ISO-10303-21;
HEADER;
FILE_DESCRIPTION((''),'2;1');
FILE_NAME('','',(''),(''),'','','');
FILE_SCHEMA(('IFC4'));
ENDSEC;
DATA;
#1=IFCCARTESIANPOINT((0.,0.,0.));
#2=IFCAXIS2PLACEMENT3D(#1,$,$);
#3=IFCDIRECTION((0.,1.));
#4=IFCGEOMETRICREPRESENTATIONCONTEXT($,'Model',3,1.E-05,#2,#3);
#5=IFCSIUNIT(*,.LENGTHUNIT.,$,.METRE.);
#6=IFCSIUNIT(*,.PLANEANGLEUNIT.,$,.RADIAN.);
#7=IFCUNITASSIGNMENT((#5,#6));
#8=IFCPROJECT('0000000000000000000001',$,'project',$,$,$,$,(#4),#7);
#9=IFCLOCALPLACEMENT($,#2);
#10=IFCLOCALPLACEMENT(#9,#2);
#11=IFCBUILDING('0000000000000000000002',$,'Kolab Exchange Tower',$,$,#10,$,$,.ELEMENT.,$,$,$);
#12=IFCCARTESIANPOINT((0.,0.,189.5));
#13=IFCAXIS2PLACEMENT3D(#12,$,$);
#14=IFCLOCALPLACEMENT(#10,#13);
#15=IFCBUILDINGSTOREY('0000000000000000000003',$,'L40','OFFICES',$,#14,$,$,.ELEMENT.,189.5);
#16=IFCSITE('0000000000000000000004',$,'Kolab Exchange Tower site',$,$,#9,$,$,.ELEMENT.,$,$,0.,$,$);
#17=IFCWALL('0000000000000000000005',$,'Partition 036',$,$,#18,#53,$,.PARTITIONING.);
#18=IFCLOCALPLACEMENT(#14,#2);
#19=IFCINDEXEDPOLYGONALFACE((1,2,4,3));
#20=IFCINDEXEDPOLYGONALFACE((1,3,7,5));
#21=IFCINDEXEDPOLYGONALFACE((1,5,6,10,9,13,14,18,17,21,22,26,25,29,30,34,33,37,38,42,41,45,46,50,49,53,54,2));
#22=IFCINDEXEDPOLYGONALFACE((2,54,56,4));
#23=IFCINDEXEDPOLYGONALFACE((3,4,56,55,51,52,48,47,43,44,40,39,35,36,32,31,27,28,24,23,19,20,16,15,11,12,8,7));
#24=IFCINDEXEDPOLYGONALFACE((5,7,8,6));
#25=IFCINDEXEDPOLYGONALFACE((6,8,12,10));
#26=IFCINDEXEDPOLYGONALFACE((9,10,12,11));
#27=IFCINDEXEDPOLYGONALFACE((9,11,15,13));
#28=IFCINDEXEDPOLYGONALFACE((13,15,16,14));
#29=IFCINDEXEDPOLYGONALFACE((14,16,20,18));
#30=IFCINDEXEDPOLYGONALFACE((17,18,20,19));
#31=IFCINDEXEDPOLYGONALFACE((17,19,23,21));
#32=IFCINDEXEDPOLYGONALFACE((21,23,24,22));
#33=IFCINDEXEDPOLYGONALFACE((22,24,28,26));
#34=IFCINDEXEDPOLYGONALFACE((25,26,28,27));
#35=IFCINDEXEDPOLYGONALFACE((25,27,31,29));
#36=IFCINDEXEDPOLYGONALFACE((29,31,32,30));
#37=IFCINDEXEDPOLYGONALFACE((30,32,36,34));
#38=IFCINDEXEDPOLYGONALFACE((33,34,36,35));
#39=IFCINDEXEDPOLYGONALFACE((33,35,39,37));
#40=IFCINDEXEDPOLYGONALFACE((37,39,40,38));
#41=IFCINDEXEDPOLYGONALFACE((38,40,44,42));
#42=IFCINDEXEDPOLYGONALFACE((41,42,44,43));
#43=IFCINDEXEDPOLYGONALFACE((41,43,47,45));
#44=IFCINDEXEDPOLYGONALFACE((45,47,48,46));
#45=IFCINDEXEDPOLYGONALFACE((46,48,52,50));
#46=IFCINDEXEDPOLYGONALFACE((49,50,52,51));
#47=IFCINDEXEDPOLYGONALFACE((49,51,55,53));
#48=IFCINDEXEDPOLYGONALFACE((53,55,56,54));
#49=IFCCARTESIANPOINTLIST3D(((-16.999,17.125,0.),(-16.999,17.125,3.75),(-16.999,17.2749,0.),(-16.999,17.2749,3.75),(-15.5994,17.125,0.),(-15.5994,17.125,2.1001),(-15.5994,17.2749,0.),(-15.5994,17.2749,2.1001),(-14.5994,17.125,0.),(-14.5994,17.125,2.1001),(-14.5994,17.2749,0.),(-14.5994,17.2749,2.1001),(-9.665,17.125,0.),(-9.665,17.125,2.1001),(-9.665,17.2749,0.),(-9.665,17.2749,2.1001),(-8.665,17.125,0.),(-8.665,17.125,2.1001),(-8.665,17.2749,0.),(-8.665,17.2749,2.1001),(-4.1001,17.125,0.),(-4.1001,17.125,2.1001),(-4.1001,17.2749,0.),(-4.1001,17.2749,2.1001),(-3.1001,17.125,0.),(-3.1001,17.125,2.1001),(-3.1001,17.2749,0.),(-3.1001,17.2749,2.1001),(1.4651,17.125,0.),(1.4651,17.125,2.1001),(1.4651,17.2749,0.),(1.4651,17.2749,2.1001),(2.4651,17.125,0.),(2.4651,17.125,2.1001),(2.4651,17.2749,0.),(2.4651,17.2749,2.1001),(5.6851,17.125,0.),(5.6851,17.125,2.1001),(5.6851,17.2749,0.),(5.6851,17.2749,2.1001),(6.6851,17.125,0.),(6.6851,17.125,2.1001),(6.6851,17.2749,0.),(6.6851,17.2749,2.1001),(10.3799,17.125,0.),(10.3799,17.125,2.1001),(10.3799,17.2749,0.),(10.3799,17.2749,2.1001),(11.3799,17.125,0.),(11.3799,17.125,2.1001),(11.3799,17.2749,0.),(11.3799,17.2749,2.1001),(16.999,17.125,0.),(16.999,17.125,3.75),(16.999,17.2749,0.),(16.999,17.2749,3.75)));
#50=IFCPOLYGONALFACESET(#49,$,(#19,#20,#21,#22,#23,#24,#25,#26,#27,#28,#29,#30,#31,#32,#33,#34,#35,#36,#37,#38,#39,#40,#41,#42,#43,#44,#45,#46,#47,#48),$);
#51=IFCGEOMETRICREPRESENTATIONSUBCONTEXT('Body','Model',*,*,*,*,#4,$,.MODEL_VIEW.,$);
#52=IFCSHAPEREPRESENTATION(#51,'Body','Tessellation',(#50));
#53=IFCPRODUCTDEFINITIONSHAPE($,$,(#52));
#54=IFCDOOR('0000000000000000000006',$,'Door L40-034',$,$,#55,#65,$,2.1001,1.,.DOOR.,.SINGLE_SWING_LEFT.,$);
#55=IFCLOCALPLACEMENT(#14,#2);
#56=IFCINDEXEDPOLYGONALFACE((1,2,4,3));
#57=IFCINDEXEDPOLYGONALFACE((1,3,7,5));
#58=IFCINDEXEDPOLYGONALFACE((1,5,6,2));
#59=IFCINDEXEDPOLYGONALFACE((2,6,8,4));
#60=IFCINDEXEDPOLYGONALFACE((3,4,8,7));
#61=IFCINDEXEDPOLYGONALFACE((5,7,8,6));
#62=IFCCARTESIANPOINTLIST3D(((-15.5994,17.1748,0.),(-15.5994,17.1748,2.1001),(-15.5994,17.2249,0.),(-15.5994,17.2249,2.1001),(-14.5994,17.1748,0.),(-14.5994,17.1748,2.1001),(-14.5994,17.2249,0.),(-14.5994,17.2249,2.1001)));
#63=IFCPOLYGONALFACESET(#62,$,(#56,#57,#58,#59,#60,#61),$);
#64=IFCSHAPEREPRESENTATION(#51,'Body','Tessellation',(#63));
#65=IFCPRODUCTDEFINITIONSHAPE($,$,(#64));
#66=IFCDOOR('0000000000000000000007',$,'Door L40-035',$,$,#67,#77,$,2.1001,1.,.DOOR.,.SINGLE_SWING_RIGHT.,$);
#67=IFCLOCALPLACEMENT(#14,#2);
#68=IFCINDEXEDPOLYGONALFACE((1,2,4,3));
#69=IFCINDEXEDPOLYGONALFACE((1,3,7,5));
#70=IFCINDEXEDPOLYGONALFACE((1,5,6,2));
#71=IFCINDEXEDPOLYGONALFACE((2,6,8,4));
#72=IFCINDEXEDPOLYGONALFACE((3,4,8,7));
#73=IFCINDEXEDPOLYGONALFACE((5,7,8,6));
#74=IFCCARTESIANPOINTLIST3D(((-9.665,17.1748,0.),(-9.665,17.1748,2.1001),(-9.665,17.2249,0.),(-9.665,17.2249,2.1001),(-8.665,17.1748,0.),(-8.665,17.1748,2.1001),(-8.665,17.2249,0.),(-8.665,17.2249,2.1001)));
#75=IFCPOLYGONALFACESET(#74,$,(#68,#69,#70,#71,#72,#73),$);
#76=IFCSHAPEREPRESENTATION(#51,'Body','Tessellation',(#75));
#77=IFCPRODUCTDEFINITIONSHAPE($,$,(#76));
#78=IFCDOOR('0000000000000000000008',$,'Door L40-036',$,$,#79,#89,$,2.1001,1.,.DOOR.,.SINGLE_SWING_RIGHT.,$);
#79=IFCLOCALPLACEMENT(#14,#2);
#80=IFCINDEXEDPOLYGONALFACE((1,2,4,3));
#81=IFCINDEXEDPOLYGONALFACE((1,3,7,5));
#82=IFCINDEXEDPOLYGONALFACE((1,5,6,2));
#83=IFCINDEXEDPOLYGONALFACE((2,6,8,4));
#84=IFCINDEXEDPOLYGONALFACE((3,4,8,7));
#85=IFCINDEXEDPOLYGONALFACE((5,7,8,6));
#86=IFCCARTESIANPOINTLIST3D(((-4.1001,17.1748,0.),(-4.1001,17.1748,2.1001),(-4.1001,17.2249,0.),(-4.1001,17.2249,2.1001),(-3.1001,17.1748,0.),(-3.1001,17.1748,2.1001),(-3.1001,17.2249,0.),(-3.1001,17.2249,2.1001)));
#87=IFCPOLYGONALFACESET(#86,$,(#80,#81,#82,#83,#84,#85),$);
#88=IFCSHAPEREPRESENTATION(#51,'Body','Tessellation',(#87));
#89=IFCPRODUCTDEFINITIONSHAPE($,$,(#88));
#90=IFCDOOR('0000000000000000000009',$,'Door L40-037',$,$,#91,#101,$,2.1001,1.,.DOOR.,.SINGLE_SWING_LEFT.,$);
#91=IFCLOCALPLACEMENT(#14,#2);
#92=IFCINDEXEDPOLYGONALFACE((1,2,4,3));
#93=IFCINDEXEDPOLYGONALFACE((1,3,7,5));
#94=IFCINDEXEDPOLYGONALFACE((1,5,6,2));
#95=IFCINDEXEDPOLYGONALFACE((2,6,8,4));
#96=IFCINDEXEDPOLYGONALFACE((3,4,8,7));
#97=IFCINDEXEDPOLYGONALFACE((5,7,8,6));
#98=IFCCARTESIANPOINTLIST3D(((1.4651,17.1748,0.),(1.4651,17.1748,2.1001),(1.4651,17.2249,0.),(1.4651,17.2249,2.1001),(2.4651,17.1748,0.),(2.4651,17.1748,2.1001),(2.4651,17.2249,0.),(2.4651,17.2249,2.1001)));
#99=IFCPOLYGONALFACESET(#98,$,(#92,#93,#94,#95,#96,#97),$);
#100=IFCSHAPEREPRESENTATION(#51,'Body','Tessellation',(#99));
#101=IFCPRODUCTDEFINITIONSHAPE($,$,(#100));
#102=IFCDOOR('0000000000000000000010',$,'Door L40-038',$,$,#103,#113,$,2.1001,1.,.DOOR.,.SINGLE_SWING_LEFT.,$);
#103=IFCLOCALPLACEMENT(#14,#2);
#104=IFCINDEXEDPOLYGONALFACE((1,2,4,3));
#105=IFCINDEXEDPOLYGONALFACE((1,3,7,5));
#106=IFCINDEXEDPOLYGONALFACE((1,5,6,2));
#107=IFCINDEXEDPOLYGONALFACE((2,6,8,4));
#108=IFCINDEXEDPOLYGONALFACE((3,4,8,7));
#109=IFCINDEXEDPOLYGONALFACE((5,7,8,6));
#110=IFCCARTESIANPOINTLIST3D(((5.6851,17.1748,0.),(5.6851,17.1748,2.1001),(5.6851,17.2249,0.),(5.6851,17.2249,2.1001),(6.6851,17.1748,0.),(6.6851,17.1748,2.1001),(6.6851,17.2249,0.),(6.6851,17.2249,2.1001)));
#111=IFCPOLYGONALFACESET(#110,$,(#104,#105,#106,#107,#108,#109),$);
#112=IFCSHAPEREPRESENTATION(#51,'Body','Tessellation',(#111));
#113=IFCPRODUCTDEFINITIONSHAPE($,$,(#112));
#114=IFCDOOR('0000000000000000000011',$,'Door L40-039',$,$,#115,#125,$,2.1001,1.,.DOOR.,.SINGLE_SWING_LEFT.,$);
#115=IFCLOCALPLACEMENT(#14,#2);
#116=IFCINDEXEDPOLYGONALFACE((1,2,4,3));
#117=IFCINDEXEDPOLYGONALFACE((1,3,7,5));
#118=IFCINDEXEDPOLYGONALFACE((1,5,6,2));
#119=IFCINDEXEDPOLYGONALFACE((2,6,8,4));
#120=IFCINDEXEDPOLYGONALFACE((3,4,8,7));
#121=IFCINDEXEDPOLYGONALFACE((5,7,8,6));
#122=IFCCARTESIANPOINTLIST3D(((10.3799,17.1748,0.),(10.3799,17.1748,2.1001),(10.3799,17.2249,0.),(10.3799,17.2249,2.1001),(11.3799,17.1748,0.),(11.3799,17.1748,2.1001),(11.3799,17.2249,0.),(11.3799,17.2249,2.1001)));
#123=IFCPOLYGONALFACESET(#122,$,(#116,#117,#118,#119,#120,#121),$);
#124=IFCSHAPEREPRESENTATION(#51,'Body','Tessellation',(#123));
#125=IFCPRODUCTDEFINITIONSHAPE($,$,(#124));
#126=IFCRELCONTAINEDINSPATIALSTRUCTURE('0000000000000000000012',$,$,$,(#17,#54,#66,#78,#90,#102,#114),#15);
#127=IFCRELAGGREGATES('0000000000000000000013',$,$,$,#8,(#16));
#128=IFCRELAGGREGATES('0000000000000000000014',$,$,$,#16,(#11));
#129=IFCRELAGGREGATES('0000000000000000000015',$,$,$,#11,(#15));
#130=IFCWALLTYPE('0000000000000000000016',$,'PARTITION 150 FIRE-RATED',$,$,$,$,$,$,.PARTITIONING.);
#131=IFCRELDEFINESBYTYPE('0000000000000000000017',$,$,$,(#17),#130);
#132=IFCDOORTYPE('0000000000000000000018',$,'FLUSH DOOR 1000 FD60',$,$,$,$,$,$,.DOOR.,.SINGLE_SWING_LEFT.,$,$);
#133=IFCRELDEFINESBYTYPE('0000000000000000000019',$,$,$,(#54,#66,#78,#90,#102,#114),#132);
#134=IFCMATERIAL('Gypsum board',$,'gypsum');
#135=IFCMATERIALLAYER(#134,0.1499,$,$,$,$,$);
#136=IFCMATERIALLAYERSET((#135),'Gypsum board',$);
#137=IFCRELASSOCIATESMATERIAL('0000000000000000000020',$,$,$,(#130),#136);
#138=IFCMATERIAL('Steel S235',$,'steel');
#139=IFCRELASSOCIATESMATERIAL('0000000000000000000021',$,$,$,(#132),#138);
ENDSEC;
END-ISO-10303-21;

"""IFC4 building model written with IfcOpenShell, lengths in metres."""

from ifc_helpers import new_model, si_unit, direction, frame, frame_2d, origin, place, context, subcontext, project, spatial, rectangle, extrude, material, layer, layer_set, type_object, element, fill, save


model = new_model("IFC4")

# Units and contexts
model_context = context("Model", 3, precision=1e-05, world=origin(), true_north=direction((0.0, 1.0)))
body_context = subcontext(model_context, "Body", "Model", "MODEL_VIEW")
ifc_project = project(units=[si_unit("LENGTHUNIT", "METRE"), si_unit("PLANEANGLEUNIT", "RADIAN")], contexts=[model_context])

# Site, building, storey
site_placement = place(None, origin())
site = spatial("IfcSite", under=ifc_project, at=site_placement, Name="Kolab Exchange Tower site", CompositionType="ELEMENT", RefElevation=0.0)
building_placement = place(site_placement, origin())
building = spatial("IfcBuilding", under=site, at=building_placement, Name="Kolab Exchange Tower", CompositionType="ELEMENT")
storey_placement = place(building_placement, frame((0.0, 0.0, 189.5)))
storey = spatial("IfcBuildingStorey", under=building, at=storey_placement, Name="L40", Description="OFFICES", CompositionType="ELEMENT", Elevation=189.5)

# Wall, openings, doors
ifc_material_1 = material(Name="Gypsum board", Category="gypsum")
ifc_layer_1 = layer(ifc_material_1, 0.1499)
ifc_layer_set_1 = layer_set([ifc_layer_1], Name="Gypsum board")
wall_type = type_object("IfcWallType", Name="PARTITION 150 FIRE-RATED", PredefinedType="PARTITIONING", material=ifc_layer_set_1)
wall_placement = place(storey_placement, frame((-16.999, 17.2, 0.0), z_axis=(0.0, 0.0, 1.0), x_axis=(1.0, 0.0, 0.0)))
wall = element("IfcWall", 1, at=wall_placement, inside=storey, type_object=wall_type, Name="Partition 036", PredefinedType="PARTITIONING", context=body_context, shape_type="SweptSolid", body=[
    extrude(rectangle(XDim=33.998, YDim=0.1499, at=frame_2d((16.999, 0.0))), origin(), (0.0, 0.0, 1.0), 3.75),
])
opening_1_placement = place(wall_placement, frame((1.3997, 0.0, 0.0)))
opening_1 = element("IfcOpeningElement", 2, at=opening_1_placement, cuts=wall, PredefinedType="OPENING", context=body_context, shape_type="SweptSolid", body=[
    extrude(rectangle(XDim=1.0, YDim=2.1001, at=frame_2d((0.5, 1.05))), frame((0.0, 0.085, 0.0), z_axis=(0.0, -1.0, 0.0), x_axis=(1.0, 0.0, 0.0)), (0.0, 0.0, 1.0), 0.1699),
])
opening_2_placement = place(wall_placement, frame((7.334, 0.0, 0.0)))
opening_2 = element("IfcOpeningElement", 3, at=opening_2_placement, cuts=wall, PredefinedType="OPENING", context=body_context, shape_type="SweptSolid", body=[
    extrude(rectangle(XDim=1.0, YDim=2.1001, at=frame_2d((0.5, 1.05))), frame((0.0, 0.085, 0.0), z_axis=(0.0, -1.0, 0.0), x_axis=(1.0, 0.0, 0.0)), (0.0, 0.0, 1.0), 0.1699),
])
opening_3_placement = place(wall_placement, frame((12.8989, 0.0, 0.0)))
opening_3 = element("IfcOpeningElement", 4, at=opening_3_placement, cuts=wall, PredefinedType="OPENING", context=body_context, shape_type="SweptSolid", body=[
    extrude(rectangle(XDim=1.0, YDim=2.1001, at=frame_2d((0.5, 1.05))), frame((0.0, 0.085, 0.0), z_axis=(0.0, -1.0, 0.0), x_axis=(1.0, 0.0, 0.0)), (0.0, 0.0, 1.0), 0.1699),
])
opening_4_placement = place(wall_placement, frame((18.4641, 0.0, 0.0)))
opening_4 = element("IfcOpeningElement", 5, at=opening_4_placement, cuts=wall, PredefinedType="OPENING", context=body_context, shape_type="SweptSolid", body=[
    extrude(rectangle(XDim=1.0, YDim=2.1001, at=frame_2d((0.5, 1.05))), frame((0.0, 0.085, 0.0), z_axis=(0.0, -1.0, 0.0), x_axis=(1.0, 0.0, 0.0)), (0.0, 0.0, 1.0), 0.1699),
])
opening_5_placement = place(wall_placement, frame((22.6841, 0.0, 0.0)))
opening_5 = element("IfcOpeningElement", 6, at=opening_5_placement, cuts=wall, PredefinedType="OPENING", context=body_context, shape_type="SweptSolid", body=[
    extrude(rectangle(XDim=1.0, YDim=2.1001, at=frame_2d((0.5, 1.05))), frame((0.0, 0.085, 0.0), z_axis=(0.0, -1.0, 0.0), x_axis=(1.0, 0.0, 0.0)), (0.0, 0.0, 1.0), 0.1699),
])
opening_6_placement = place(wall_placement, frame((27.3789, 0.0, 0.0)))
opening_6 = element("IfcOpeningElement", 7, at=opening_6_placement, cuts=wall, PredefinedType="OPENING", context=body_context, shape_type="SweptSolid", body=[
    extrude(rectangle(XDim=1.0, YDim=2.1001, at=frame_2d((0.5, 1.05))), frame((0.0, 0.085, 0.0), z_axis=(0.0, -1.0, 0.0), x_axis=(1.0, 0.0, 0.0)), (0.0, 0.0, 1.0), 0.1699),
])
ifc_material_2 = material(Name="Steel S235", Category="steel")
door_type = type_object("IfcDoorType", Name="FLUSH DOOR 1000 FD60", OperationType="SINGLE_SWING_LEFT", PredefinedType="DOOR", material=ifc_material_2)
door_1_placement = place(opening_1_placement, origin())
door_1 = element("IfcDoor", 8, at=door_1_placement, inside=storey, type_object=door_type, Name="Door L40-034", OperationType="SINGLE_SWING_LEFT", OverallHeight=2.1001, OverallWidth=1.0, PredefinedType="DOOR", context=body_context, shape_type="SweptSolid", body=[
    extrude(rectangle(XDim=1.0, YDim=2.1001, at=frame_2d((0.5, 1.05))), frame((0.0, 0.0249, 0.0), z_axis=(0.0, -1.0, 0.0), x_axis=(1.0, 0.0, 0.0)), (0.0, 0.0, 1.0), 0.05),
])
fill(opening_1, door_1)
door_2_placement = place(opening_2_placement, origin())
door_2 = element("IfcDoor", 9, at=door_2_placement, inside=storey, type_object=door_type, Name="Door L40-035", OperationType="SINGLE_SWING_RIGHT", OverallHeight=2.1001, OverallWidth=1.0, PredefinedType="DOOR", context=body_context, shape_type="SweptSolid", body=[
    extrude(rectangle(XDim=1.0, YDim=2.1001, at=frame_2d((0.5, 1.05))), frame((0.0, 0.0249, 0.0), z_axis=(0.0, -1.0, 0.0), x_axis=(1.0, 0.0, 0.0)), (0.0, 0.0, 1.0), 0.05),
])
fill(opening_2, door_2)
door_3_placement = place(opening_3_placement, origin())
door_3 = element("IfcDoor", 10, at=door_3_placement, inside=storey, type_object=door_type, Name="Door L40-036", OperationType="SINGLE_SWING_RIGHT", OverallHeight=2.1001, OverallWidth=1.0, PredefinedType="DOOR", context=body_context, shape_type="SweptSolid", body=[
    extrude(rectangle(XDim=1.0, YDim=2.1001, at=frame_2d((0.5, 1.05))), frame((0.0, 0.0249, 0.0), z_axis=(0.0, -1.0, 0.0), x_axis=(1.0, 0.0, 0.0)), (0.0, 0.0, 1.0), 0.05),
])
fill(opening_3, door_3)
door_4_placement = place(opening_4_placement, origin())
door_4 = element("IfcDoor", 11, at=door_4_placement, inside=storey, type_object=door_type, Name="Door L40-037", OperationType="SINGLE_SWING_LEFT", OverallHeight=2.1001, OverallWidth=1.0, PredefinedType="DOOR", context=body_context, shape_type="SweptSolid", body=[
    extrude(rectangle(XDim=1.0, YDim=2.1001, at=frame_2d((0.5, 1.05))), frame((0.0, 0.0249, 0.0), z_axis=(0.0, -1.0, 0.0), x_axis=(1.0, 0.0, 0.0)), (0.0, 0.0, 1.0), 0.05),
])
fill(opening_4, door_4)
door_5_placement = place(opening_5_placement, origin())
door_5 = element("IfcDoor", 12, at=door_5_placement, inside=storey, type_object=door_type, Name="Door L40-038", OperationType="SINGLE_SWING_LEFT", OverallHeight=2.1001, OverallWidth=1.0, PredefinedType="DOOR", context=body_context, shape_type="SweptSolid", body=[
    extrude(rectangle(XDim=1.0, YDim=2.1001, at=frame_2d((0.5, 1.05))), frame((0.0, 0.0249, 0.0), z_axis=(0.0, -1.0, 0.0), x_axis=(1.0, 0.0, 0.0)), (0.0, 0.0, 1.0), 0.05),
])
fill(opening_5, door_5)
door_6_placement = place(opening_6_placement, origin())
door_6 = element("IfcDoor", 13, at=door_6_placement, inside=storey, type_object=door_type, Name="Door L40-039", OperationType="SINGLE_SWING_LEFT", OverallHeight=2.1001, OverallWidth=1.0, PredefinedType="DOOR", context=body_context, shape_type="SweptSolid", body=[
    extrude(rectangle(XDim=1.0, YDim=2.1001, at=frame_2d((0.5, 1.05))), frame((0.0, 0.0249, 0.0), z_axis=(0.0, -1.0, 0.0), x_axis=(1.0, 0.0, 0.0)), (0.0, 0.0, 1.0), 0.05),
])
fill(opening_6, door_6)

save(model, "model.ifc")
